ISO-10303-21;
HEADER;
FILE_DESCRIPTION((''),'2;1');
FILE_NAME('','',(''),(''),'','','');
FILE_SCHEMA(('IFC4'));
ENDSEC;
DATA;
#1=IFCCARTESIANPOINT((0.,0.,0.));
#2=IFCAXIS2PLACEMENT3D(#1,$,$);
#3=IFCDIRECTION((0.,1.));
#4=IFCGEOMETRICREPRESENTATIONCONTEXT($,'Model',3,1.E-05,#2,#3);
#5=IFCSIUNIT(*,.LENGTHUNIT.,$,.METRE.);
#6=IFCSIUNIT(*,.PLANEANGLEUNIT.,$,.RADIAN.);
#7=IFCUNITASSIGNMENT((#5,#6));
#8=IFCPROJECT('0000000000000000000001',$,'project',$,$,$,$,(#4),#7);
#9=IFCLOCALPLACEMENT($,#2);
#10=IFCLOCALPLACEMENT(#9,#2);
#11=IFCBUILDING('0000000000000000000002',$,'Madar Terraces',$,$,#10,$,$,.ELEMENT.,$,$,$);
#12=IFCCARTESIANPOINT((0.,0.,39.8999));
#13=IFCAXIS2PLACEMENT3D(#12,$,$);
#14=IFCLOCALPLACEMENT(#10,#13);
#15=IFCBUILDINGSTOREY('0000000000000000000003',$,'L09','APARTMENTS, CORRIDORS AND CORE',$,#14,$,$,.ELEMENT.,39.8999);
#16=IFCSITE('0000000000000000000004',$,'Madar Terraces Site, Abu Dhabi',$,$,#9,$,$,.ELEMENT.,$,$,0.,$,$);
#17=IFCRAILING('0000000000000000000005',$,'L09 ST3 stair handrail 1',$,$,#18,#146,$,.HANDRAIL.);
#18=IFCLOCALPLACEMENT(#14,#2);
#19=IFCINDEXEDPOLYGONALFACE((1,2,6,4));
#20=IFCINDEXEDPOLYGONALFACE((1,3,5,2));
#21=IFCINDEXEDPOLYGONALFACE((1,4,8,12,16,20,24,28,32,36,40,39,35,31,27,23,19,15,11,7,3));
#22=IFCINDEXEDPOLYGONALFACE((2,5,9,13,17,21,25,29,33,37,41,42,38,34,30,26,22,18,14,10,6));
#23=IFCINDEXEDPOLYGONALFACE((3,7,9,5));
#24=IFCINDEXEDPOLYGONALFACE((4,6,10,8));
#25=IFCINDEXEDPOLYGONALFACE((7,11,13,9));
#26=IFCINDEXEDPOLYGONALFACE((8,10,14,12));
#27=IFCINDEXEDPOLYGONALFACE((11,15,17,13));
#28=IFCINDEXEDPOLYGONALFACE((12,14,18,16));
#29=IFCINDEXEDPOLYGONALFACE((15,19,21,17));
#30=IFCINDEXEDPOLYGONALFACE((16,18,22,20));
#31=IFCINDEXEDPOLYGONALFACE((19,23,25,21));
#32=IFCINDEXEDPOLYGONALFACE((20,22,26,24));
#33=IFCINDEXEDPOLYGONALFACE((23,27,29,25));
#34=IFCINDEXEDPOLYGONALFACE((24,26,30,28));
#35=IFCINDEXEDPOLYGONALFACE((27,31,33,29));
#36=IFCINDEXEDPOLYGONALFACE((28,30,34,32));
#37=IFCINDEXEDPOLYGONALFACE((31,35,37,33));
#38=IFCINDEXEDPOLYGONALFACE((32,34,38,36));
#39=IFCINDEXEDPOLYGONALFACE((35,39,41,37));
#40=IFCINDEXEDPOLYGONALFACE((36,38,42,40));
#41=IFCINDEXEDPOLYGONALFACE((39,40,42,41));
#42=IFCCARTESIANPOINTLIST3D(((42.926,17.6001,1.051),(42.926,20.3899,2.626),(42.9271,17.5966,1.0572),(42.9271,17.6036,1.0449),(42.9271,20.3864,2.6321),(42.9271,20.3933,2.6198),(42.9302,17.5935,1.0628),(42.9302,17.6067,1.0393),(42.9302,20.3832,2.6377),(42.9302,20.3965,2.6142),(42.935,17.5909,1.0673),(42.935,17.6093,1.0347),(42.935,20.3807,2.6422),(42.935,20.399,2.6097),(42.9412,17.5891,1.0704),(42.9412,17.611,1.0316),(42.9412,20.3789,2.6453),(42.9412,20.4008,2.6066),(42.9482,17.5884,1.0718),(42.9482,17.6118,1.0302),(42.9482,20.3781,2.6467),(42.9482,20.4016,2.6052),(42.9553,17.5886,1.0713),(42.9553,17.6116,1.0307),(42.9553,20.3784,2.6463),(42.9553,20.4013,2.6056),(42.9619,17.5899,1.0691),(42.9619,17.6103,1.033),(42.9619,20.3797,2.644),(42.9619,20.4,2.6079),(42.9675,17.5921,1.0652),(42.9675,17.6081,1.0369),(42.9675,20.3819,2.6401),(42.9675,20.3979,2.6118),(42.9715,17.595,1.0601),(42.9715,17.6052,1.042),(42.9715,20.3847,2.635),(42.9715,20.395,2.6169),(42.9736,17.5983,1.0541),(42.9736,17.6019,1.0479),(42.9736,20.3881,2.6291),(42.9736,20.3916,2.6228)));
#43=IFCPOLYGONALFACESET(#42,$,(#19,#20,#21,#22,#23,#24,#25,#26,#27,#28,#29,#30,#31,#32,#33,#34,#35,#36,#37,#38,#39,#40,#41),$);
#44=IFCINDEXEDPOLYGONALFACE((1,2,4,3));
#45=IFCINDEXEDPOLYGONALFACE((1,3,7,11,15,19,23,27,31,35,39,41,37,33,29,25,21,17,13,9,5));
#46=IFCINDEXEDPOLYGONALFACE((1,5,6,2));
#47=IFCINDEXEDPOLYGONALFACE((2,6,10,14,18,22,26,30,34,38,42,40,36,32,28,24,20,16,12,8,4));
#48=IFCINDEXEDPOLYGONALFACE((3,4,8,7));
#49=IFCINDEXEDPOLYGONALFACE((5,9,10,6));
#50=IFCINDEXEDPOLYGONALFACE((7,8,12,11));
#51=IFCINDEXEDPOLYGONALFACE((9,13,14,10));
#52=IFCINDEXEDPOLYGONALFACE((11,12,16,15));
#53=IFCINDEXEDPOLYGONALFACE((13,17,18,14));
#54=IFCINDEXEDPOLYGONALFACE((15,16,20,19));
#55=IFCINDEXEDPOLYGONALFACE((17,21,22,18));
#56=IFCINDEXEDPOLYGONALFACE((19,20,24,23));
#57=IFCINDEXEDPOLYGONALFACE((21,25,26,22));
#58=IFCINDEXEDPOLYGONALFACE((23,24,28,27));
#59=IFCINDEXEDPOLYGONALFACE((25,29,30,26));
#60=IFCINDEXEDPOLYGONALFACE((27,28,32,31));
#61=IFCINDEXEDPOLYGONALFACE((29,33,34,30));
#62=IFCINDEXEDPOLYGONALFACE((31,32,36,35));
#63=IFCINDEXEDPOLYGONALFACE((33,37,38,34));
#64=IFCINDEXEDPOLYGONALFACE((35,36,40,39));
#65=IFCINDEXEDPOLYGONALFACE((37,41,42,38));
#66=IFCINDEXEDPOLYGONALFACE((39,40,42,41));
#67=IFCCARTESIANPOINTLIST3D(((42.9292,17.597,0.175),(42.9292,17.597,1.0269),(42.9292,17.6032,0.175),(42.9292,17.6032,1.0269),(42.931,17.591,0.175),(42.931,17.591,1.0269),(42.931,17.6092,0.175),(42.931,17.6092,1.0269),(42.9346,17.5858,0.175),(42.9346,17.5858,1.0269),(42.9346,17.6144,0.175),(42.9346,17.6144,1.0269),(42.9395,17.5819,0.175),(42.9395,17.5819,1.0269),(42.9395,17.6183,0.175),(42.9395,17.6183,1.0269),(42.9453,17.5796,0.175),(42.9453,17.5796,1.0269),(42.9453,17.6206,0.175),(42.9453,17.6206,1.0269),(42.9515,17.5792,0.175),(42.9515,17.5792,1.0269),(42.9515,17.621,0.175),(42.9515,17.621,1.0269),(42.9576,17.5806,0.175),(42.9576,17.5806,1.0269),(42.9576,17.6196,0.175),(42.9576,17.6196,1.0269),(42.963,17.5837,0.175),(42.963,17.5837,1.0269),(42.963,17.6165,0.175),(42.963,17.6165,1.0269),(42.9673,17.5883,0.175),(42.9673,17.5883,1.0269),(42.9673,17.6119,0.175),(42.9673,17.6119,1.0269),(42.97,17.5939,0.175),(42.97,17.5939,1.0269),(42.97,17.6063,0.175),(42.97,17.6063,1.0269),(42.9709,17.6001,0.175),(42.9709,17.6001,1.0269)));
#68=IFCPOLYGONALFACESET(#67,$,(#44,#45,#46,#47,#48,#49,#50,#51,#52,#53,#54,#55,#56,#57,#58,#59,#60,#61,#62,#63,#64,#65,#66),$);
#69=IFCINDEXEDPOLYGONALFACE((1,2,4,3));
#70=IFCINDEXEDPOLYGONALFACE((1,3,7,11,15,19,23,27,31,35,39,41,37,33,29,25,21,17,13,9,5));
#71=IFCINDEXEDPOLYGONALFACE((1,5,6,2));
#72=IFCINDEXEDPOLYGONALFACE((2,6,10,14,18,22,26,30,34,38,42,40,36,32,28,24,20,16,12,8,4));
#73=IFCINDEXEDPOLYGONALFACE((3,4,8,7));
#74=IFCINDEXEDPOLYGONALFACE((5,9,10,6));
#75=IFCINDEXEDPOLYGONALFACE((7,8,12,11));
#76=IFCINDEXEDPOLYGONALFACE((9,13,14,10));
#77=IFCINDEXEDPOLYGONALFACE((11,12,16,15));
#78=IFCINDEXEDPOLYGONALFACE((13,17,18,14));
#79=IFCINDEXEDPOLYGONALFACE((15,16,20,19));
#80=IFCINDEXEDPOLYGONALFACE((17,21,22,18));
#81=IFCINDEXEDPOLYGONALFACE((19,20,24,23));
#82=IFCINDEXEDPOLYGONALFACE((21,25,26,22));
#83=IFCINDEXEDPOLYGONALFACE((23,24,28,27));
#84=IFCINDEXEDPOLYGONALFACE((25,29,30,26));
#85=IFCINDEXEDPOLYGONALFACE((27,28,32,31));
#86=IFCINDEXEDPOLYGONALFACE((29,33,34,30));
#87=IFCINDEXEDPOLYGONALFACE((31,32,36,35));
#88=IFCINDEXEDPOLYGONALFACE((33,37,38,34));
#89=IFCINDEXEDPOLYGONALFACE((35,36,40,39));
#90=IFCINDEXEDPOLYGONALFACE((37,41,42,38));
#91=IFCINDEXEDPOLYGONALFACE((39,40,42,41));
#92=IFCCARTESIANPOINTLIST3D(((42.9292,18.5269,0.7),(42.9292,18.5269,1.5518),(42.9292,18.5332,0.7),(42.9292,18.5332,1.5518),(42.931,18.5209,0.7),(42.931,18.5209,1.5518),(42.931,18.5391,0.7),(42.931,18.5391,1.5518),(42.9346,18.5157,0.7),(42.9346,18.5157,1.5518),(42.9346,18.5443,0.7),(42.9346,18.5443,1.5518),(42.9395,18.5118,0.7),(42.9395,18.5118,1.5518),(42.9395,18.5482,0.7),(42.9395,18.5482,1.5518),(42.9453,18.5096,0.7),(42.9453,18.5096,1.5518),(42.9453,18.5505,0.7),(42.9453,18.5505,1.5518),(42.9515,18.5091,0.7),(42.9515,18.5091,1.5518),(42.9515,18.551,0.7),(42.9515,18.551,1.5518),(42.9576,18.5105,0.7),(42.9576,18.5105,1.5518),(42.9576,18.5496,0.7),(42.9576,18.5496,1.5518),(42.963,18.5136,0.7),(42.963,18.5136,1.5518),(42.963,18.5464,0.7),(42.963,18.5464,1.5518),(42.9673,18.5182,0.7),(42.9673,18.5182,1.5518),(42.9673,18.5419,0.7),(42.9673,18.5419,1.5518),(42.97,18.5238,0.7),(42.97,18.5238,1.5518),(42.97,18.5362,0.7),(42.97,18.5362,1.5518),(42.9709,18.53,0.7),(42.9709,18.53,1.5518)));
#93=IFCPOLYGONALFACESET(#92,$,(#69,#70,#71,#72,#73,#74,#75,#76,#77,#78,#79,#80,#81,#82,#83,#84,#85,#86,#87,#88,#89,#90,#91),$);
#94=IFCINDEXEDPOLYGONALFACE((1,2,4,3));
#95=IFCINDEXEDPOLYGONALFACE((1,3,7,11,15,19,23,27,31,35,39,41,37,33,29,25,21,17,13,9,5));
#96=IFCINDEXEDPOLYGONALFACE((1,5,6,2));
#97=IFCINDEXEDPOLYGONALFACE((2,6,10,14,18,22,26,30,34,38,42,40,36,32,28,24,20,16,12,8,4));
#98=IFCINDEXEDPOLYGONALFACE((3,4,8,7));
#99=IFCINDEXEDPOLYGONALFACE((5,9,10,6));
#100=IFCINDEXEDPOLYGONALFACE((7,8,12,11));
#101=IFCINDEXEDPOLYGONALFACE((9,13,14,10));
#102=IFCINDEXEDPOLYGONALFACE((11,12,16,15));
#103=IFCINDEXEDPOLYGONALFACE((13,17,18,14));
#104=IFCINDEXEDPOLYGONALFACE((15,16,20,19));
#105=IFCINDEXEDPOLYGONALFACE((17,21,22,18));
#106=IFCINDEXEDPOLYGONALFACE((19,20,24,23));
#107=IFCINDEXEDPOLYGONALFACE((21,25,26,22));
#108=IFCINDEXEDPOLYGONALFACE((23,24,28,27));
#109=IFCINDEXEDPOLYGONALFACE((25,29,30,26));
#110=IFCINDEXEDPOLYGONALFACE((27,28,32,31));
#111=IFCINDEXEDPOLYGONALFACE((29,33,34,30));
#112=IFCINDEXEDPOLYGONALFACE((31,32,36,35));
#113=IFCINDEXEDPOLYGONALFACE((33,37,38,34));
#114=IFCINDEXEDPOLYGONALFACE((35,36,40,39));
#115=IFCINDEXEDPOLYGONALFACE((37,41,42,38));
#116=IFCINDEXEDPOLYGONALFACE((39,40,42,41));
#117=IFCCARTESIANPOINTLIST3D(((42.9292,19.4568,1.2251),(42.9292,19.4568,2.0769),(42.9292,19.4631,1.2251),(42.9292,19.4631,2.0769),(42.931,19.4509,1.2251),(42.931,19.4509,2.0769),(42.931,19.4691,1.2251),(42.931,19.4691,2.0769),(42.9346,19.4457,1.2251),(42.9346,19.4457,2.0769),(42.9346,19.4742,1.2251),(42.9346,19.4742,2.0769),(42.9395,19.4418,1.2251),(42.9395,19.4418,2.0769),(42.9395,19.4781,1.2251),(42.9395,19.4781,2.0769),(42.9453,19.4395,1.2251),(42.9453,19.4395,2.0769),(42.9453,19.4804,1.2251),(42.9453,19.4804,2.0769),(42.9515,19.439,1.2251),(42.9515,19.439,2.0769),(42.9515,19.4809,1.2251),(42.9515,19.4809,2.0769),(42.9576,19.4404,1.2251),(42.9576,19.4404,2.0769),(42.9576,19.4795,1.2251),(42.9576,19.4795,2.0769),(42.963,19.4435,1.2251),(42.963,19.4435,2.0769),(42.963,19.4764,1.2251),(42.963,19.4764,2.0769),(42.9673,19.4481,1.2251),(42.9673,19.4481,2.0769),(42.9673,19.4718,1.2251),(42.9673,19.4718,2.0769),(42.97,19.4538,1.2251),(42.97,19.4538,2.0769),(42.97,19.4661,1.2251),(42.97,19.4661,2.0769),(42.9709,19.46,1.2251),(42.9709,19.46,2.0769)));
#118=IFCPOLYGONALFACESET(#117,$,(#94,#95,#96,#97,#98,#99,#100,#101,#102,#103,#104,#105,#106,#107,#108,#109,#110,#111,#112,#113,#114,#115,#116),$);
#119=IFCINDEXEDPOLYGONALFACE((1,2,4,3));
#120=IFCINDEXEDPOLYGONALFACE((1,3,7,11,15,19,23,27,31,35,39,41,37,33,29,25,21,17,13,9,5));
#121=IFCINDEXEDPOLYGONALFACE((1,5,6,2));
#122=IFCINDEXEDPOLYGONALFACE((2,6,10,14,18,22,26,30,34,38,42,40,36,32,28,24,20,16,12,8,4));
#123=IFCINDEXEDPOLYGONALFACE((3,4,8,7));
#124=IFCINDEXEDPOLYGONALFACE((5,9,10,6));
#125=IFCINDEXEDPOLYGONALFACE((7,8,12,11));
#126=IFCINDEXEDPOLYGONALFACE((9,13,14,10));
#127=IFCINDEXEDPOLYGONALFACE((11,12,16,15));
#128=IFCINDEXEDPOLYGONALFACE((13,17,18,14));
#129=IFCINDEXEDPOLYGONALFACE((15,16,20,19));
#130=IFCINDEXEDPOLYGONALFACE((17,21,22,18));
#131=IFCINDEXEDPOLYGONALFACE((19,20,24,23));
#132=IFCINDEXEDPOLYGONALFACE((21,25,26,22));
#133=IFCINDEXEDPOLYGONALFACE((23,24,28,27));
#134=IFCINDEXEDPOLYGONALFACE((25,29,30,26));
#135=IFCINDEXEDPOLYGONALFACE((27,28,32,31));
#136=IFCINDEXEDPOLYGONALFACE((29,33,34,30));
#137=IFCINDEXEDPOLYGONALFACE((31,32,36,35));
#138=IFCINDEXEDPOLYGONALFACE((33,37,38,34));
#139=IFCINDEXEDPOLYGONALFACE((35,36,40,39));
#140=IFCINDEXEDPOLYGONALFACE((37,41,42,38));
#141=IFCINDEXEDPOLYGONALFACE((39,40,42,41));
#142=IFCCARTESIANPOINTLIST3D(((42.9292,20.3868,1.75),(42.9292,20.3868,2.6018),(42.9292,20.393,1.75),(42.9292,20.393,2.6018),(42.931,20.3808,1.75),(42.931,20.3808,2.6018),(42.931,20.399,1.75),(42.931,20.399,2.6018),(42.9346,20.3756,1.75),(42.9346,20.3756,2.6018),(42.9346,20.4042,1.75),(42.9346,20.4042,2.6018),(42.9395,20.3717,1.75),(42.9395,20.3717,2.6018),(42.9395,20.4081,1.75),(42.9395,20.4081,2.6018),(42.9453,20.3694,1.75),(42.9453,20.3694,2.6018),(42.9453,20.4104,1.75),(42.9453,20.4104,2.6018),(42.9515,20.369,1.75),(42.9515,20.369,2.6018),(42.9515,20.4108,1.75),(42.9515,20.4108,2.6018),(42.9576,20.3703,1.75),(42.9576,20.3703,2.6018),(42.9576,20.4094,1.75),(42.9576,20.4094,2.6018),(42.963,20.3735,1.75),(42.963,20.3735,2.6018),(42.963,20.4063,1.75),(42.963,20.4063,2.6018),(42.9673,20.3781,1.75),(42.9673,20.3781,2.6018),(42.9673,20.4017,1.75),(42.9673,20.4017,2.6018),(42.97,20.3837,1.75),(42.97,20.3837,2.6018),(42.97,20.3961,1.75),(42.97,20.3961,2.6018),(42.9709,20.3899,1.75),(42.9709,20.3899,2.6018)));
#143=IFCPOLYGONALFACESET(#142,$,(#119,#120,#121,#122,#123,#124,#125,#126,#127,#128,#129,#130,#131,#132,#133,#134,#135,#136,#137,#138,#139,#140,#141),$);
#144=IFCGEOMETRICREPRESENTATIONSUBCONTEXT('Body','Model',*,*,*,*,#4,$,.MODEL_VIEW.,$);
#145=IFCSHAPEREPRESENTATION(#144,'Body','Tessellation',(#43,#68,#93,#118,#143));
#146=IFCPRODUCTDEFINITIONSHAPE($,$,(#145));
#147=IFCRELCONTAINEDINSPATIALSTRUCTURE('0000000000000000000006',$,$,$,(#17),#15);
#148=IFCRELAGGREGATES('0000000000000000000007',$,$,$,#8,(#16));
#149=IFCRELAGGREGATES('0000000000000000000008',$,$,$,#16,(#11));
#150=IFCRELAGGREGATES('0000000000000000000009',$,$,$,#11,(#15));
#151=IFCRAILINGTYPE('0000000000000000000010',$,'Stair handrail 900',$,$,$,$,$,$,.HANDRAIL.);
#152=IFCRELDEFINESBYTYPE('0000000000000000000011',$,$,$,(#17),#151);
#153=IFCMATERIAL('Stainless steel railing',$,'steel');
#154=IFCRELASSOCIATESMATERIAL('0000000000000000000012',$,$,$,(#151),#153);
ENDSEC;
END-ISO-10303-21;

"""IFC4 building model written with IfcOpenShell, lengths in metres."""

from ifc_helpers import new_model, si_unit, direction, frame, origin, origin_2d, place, context, subcontext, project, spatial, circle, extrude, material, type_object, element, save


model = new_model("IFC4")

# Units and contexts
model_context = context("Model", 3, precision=1e-05, world=origin(), true_north=direction((0.0, 1.0)))
body_context = subcontext(model_context, "Body", "Model", "MODEL_VIEW")
ifc_project = project(units=[si_unit("LENGTHUNIT", "METRE"), si_unit("PLANEANGLEUNIT", "RADIAN")], contexts=[model_context])

# Site, building, storey
site_placement = place(None, origin())
site = spatial("IfcSite", under=ifc_project, at=site_placement, Name="Madar Terraces Site, Abu Dhabi", CompositionType="ELEMENT", RefElevation=0.0)
building_placement = place(site_placement, origin())
building = spatial("IfcBuilding", under=site, at=building_placement, Name="Madar Terraces", CompositionType="ELEMENT")
storey_placement = place(building_placement, frame((0.0, 0.0, 39.8999)))
storey = spatial("IfcBuildingStorey", under=building, at=storey_placement, Name="L09", Description="APARTMENTS, CORRIDORS AND CORE", CompositionType="ELEMENT", Elevation=39.8999)

# Railing
ifc_material_1 = material(Name="Stainless steel railing", Category="steel")
railing_type_1 = type_object("IfcRailingType", Name="Stair handrail 900", PredefinedType="HANDRAIL", material=ifc_material_1)
railing_1_placement = place(storey_placement, frame((42.95, 17.6001, 0.175)))
element("IfcRailing", 1, at=railing_1_placement, inside=storey, type_object=railing_type_1, Name="L09 ST3 stair handrail 1", PredefinedType="HANDRAIL", context=body_context, shape_type="SweptSolid", body=[
    extrude(circle(Radius=0.0239, at=origin_2d()), frame((0.0, 0.0, 0.876), z_axis=(0.0, 0.870815, 0.49161), x_axis=(-1.0, 0.0, 0.0)), (0.0, 0.0, 1.0), 3.2036),
    extrude(circle(Radius=0.021, at=origin_2d()), origin(), (0.0, 0.0, 1.0), 0.8518),
    extrude(circle(Radius=0.021, at=origin_2d()), frame((0.0, 0.9299, 0.5249)), (0.0, 0.0, 1.0), 0.8518),
    extrude(circle(Radius=0.021, at=origin_2d()), frame((0.0, 1.8599, 1.05)), (0.0, 0.0, 1.0), 0.8518),
    extrude(circle(Radius=0.021, at=origin_2d()), frame((0.0, 2.7898, 1.575)), (0.0, 0.0, 1.0), 0.8518),
])

save(model, "model.ifc")
